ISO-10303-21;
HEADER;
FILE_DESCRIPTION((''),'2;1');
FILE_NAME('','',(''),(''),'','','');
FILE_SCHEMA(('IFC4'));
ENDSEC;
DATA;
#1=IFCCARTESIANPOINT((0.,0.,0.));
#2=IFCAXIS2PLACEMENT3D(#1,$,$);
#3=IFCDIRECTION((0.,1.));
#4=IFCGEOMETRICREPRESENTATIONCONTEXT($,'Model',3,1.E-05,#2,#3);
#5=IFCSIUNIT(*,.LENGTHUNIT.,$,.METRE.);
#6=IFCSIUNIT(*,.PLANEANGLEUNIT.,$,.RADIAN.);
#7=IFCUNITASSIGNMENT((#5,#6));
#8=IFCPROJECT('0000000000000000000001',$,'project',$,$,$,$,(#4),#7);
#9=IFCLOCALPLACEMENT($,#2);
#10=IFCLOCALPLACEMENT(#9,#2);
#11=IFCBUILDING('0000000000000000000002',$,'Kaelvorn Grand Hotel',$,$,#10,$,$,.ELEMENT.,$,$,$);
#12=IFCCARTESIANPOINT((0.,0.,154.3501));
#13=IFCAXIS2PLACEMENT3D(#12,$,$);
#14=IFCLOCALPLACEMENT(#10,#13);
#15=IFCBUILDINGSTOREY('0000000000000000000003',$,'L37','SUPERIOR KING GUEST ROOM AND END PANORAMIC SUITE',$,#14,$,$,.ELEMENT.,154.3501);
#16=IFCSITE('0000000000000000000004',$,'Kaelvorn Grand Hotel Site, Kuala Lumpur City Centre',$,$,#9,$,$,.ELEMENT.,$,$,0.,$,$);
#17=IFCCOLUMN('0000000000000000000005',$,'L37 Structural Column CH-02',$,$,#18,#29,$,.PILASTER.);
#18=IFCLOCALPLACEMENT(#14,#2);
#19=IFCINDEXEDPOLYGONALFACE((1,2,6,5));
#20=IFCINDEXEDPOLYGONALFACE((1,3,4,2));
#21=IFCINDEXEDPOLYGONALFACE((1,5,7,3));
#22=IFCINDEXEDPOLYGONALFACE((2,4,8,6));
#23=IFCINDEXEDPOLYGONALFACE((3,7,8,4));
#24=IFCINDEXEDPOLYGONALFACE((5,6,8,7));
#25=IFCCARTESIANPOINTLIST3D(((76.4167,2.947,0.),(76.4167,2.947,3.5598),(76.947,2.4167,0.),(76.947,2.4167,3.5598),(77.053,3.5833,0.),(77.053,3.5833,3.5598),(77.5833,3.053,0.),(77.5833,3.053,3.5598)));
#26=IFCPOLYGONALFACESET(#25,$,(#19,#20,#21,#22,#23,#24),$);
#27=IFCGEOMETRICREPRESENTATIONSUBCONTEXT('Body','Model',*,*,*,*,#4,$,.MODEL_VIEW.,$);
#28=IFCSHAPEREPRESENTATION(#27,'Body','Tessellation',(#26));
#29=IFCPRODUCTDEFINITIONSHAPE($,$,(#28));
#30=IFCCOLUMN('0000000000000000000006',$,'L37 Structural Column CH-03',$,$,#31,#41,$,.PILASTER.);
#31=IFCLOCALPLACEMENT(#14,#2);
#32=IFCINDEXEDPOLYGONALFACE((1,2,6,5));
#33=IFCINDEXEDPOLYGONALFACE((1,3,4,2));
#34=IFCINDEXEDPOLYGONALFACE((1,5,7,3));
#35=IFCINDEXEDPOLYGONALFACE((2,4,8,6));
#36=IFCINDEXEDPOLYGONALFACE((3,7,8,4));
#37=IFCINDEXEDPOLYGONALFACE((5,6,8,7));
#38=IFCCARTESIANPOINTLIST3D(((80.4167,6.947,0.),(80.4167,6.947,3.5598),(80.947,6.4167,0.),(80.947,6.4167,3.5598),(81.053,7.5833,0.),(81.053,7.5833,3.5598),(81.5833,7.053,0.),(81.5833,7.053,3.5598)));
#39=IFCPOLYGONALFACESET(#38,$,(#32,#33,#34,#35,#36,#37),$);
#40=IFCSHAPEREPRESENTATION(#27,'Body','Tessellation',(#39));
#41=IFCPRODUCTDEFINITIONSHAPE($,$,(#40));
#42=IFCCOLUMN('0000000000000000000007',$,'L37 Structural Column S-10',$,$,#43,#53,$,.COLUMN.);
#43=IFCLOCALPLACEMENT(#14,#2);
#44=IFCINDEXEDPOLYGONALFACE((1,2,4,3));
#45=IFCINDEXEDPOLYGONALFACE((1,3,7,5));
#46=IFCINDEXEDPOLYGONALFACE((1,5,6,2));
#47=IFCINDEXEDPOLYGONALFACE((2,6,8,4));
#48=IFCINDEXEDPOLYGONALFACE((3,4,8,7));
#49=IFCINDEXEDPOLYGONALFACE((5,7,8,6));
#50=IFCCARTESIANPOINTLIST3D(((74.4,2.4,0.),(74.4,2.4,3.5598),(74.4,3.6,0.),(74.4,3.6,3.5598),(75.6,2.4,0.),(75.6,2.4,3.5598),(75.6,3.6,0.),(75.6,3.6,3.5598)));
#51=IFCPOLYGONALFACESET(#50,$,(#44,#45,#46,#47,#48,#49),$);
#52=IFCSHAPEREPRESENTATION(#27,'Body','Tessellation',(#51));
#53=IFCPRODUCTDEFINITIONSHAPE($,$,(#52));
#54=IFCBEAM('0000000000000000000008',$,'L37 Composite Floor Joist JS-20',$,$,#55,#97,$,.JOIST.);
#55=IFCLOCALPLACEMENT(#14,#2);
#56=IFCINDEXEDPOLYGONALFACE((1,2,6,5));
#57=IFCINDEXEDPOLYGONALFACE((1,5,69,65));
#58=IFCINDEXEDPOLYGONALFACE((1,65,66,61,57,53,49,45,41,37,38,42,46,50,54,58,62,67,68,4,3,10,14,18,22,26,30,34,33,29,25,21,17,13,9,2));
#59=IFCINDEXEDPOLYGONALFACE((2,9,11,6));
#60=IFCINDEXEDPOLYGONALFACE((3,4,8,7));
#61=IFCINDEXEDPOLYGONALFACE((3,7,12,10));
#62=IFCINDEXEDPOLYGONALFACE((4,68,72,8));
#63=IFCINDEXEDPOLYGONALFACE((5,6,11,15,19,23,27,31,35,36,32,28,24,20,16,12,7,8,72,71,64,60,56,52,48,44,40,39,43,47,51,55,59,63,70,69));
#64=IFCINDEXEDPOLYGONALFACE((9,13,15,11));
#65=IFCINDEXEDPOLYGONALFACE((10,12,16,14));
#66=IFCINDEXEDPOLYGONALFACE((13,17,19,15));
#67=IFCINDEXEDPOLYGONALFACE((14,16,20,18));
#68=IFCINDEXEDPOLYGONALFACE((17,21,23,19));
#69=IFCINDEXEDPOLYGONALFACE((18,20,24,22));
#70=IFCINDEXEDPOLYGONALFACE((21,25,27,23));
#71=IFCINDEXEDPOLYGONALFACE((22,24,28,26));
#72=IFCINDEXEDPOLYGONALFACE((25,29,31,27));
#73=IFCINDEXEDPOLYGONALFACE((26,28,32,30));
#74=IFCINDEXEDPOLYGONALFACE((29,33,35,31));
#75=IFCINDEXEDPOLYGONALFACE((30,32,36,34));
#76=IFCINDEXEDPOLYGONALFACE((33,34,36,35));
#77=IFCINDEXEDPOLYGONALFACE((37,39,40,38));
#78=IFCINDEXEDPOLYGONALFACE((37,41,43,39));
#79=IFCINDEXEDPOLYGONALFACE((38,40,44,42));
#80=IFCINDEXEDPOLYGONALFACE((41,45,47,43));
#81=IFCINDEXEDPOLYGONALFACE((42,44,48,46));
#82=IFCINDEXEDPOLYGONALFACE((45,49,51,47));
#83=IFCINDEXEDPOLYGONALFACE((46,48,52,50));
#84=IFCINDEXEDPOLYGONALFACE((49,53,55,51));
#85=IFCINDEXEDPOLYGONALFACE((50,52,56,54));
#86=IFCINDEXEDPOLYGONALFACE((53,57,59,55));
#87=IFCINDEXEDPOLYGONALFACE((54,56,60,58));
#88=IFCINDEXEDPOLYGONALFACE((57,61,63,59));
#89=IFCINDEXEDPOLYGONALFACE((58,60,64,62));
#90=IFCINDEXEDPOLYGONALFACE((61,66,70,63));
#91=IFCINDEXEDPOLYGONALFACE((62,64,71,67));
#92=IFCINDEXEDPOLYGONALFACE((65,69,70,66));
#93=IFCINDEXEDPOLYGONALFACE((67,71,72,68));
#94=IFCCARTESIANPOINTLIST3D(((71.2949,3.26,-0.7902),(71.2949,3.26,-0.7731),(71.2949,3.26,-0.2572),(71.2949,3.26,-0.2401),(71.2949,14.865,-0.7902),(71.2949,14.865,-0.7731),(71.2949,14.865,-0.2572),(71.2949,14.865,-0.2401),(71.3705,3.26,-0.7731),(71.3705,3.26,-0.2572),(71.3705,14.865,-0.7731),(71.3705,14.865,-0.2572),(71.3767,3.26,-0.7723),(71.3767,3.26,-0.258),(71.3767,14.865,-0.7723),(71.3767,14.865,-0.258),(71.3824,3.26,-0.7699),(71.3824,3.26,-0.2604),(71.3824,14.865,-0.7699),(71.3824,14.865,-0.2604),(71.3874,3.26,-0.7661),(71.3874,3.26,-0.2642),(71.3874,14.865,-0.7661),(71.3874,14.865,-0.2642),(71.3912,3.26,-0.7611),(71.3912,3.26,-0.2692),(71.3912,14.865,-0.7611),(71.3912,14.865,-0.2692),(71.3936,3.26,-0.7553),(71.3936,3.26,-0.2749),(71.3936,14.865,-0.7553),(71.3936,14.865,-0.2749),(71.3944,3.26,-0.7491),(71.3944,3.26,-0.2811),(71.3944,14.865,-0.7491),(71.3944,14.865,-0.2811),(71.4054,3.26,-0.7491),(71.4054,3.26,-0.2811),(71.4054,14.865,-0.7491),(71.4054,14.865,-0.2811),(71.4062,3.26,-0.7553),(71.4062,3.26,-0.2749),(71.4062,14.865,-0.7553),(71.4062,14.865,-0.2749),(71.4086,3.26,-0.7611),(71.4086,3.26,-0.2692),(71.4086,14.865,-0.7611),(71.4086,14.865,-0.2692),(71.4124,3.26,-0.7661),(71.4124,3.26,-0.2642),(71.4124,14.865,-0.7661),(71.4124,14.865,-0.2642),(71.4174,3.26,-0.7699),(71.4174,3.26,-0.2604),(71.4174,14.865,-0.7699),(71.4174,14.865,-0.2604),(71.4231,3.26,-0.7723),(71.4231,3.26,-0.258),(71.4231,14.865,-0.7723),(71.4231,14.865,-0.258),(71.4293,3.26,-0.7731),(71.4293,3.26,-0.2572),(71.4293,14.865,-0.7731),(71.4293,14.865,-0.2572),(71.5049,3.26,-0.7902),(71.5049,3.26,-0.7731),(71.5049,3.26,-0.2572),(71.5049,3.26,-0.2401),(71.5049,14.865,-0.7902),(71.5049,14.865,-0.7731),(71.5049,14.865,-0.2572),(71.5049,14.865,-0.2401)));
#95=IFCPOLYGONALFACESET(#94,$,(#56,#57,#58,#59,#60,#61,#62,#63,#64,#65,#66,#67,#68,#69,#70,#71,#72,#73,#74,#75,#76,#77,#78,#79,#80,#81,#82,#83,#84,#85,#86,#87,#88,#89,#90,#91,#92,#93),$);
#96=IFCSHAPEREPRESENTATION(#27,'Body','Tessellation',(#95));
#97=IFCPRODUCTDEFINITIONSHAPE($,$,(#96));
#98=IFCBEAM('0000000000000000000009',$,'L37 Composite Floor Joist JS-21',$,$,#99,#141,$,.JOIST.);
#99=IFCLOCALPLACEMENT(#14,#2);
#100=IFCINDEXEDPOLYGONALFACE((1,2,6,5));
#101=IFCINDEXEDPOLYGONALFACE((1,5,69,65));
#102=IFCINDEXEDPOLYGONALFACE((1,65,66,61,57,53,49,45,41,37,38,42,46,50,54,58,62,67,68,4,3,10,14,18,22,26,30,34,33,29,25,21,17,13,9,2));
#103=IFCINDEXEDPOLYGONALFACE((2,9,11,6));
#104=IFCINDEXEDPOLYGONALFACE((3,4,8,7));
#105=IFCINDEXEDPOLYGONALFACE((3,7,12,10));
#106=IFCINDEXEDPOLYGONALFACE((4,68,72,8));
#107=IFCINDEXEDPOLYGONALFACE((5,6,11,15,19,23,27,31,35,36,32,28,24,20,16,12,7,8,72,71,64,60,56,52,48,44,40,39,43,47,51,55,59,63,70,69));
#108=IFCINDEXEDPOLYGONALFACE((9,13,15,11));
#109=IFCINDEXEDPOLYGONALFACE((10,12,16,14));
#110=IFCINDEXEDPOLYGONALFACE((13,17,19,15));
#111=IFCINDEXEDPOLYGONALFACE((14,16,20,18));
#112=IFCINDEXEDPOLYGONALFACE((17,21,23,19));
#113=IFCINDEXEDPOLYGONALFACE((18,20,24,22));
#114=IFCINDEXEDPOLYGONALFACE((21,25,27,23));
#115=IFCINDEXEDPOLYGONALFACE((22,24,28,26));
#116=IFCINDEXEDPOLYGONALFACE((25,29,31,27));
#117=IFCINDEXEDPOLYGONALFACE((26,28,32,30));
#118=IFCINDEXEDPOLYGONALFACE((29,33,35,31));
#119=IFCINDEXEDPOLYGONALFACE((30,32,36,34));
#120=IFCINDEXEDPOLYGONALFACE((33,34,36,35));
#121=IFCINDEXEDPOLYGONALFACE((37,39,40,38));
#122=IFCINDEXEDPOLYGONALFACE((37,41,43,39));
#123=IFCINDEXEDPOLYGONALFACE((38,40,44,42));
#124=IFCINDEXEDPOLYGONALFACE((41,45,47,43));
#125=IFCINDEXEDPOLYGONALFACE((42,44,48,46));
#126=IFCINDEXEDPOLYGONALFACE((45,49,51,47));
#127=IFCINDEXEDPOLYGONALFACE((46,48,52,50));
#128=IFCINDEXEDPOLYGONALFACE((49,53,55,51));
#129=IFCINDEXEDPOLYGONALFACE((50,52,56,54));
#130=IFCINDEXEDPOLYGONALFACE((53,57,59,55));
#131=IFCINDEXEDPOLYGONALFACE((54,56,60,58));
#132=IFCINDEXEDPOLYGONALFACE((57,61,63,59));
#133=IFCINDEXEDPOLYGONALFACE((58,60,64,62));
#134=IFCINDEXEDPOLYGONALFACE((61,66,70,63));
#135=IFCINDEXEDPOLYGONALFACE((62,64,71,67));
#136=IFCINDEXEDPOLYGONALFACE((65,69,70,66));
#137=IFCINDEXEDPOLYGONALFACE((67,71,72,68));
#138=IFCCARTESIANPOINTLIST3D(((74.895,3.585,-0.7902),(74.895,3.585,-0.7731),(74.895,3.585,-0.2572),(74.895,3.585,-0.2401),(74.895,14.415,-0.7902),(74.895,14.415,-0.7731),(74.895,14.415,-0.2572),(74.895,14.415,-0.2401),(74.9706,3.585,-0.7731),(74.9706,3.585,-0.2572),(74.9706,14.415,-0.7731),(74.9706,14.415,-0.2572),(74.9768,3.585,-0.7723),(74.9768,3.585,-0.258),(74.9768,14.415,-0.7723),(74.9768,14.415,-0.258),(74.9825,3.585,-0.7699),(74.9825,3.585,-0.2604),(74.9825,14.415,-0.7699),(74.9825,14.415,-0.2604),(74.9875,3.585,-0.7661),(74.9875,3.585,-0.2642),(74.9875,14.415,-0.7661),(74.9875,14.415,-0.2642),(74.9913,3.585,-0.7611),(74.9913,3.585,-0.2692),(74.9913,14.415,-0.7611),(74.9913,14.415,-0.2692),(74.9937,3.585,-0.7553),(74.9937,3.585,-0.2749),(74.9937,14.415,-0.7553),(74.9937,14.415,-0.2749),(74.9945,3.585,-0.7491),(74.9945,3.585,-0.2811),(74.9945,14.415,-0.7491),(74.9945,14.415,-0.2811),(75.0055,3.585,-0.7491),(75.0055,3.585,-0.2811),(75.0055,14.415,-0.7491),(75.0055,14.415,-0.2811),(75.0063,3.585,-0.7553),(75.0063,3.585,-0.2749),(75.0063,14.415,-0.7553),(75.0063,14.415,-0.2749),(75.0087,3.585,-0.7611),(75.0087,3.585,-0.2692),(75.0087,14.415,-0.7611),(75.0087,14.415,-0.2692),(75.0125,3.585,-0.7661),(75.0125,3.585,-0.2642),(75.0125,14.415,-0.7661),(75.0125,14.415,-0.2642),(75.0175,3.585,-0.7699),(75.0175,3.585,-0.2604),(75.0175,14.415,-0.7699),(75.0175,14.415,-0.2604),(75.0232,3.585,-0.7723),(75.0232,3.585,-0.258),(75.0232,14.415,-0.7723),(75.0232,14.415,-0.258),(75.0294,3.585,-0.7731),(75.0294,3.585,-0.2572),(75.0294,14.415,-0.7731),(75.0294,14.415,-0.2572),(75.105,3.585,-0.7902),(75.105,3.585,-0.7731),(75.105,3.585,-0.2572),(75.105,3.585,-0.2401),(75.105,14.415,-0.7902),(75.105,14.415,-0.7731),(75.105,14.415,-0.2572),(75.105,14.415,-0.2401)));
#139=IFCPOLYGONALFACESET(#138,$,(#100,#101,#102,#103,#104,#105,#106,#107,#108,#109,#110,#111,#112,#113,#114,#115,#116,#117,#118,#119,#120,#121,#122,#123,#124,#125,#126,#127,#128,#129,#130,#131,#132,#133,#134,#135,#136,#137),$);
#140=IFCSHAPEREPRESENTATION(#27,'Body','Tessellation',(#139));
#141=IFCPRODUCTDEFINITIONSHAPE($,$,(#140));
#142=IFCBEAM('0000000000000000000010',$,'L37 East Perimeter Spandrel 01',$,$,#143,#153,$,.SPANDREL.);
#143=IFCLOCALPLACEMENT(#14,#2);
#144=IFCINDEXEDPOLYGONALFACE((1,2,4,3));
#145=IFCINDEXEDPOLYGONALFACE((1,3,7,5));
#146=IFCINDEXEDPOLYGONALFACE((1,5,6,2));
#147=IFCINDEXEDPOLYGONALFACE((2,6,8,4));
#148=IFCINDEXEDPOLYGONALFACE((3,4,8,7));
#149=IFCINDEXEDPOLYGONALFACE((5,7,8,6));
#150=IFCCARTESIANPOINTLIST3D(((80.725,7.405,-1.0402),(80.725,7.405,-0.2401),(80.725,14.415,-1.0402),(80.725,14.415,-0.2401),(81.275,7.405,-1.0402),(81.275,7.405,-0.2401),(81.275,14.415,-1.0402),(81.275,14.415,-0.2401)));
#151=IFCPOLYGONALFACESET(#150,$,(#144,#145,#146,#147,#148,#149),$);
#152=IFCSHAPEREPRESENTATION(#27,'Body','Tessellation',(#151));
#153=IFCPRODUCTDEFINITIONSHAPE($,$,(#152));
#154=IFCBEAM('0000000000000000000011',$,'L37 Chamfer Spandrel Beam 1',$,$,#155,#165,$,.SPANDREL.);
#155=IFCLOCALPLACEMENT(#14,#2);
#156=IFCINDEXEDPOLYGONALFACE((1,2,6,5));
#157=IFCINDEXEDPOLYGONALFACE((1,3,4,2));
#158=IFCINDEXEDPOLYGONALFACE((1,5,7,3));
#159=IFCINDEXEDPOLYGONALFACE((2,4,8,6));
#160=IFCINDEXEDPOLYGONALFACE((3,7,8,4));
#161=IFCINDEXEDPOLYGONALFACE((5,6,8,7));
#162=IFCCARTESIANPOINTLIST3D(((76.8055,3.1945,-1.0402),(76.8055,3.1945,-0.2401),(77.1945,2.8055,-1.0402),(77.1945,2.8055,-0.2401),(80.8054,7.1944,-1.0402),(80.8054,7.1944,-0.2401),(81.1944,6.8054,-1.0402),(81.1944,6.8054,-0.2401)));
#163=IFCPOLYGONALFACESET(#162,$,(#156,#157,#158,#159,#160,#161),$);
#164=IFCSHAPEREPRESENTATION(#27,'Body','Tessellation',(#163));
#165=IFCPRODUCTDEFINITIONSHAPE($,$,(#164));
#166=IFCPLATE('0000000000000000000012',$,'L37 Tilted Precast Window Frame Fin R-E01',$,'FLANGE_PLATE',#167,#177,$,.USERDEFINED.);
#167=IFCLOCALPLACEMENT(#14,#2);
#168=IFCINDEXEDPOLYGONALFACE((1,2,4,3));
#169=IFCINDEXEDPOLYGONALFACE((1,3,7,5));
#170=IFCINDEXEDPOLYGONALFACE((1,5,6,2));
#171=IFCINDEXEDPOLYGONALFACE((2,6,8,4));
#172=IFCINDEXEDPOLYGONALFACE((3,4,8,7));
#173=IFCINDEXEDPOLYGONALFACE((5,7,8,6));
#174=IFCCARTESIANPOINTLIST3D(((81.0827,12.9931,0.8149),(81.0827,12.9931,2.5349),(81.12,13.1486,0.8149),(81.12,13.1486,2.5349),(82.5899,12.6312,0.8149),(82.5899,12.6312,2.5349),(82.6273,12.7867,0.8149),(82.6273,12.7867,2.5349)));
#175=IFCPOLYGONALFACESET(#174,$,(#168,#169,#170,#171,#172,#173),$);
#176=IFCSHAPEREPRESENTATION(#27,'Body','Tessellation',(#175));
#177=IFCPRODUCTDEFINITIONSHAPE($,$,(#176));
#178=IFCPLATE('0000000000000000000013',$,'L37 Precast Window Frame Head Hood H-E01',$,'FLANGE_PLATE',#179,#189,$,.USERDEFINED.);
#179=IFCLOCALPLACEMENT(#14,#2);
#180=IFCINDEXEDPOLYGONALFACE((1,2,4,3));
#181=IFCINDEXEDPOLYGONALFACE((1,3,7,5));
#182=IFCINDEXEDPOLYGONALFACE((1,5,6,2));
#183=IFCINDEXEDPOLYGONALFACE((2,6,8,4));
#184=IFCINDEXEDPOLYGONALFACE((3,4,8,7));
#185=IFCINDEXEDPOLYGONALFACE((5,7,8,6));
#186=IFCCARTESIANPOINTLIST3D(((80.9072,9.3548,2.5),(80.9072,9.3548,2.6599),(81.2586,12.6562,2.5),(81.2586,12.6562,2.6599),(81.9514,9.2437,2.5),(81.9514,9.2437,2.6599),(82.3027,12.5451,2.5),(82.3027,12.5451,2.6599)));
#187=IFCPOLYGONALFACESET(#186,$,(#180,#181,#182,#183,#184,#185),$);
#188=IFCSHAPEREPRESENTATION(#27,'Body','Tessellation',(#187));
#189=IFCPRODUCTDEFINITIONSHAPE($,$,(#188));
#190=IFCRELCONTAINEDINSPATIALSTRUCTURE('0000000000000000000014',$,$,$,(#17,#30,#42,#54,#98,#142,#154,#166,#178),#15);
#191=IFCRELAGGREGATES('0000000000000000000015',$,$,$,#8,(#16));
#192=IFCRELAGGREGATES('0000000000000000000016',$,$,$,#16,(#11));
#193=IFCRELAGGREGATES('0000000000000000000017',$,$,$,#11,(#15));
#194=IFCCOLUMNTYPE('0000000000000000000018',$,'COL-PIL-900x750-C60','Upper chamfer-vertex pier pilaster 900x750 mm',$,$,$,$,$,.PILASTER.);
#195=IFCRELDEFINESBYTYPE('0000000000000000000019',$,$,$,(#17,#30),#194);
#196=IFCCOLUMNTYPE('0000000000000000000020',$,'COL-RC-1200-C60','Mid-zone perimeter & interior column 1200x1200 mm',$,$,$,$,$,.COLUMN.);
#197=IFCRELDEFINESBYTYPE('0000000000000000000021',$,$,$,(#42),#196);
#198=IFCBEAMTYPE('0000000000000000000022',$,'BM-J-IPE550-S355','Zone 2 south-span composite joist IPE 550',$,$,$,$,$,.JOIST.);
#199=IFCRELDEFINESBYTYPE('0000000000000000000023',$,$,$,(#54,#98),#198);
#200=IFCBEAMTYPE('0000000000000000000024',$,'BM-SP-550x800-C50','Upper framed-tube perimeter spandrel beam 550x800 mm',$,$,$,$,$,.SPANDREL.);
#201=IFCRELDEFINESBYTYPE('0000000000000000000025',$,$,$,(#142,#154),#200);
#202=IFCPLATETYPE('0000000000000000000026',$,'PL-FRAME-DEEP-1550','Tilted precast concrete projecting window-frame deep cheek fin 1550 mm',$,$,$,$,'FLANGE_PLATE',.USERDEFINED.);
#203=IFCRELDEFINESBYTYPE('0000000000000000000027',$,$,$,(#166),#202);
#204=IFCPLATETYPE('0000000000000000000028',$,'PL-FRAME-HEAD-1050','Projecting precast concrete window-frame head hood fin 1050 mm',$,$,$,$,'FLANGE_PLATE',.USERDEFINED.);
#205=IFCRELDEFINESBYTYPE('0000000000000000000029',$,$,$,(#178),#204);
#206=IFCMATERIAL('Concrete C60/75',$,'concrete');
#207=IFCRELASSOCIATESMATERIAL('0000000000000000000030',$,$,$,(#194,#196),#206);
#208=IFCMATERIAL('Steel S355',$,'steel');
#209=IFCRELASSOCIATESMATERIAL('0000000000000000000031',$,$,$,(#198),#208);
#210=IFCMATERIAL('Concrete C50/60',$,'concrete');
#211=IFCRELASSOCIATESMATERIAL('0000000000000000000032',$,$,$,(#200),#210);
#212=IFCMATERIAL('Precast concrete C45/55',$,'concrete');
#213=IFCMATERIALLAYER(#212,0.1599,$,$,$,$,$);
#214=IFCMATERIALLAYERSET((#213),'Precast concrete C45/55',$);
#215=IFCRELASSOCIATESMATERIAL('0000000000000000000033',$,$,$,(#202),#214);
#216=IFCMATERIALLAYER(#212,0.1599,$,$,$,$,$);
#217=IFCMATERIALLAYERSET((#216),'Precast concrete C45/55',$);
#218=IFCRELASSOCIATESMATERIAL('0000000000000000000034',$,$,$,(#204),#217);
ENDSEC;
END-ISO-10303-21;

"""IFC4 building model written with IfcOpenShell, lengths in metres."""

from ifc_helpers import new_model, si_unit, direction, frame, origin, origin_2d, place, context, subcontext, project, spatial, rectangle, i_section, extrude, material, layer, layer_set, material_profile, profile_set, type_object, element, save


model = new_model("IFC4")

# Units and contexts
model_context = context("Model", 3, precision=1e-05, world=origin(), true_north=direction((0.0, 1.0)))
body_context = subcontext(model_context, "Body", "Model", "MODEL_VIEW")
ifc_project = project(units=[si_unit("LENGTHUNIT", "METRE"), si_unit("PLANEANGLEUNIT", "RADIAN")], contexts=[model_context])

# Site, building, storey
site_placement = place(None, origin())
site = spatial("IfcSite", under=ifc_project, at=site_placement, Name="Kaelvorn Grand Hotel Site, Kuala Lumpur City Centre", CompositionType="ELEMENT", RefElevation=0.0)
building_placement = place(site_placement, origin())
building = spatial("IfcBuilding", under=site, at=building_placement, Name="Kaelvorn Grand Hotel", CompositionType="ELEMENT")
storey_placement = place(building_placement, frame((0.0, 0.0, 154.3501)))
storey = spatial("IfcBuildingStorey", under=building, at=storey_placement, Name="L37", Description="SUPERIOR KING GUEST ROOM AND END PANORAMIC SUITE", CompositionType="ELEMENT", Elevation=154.3501)

# Columns
ifc_material_1 = material(Name="Concrete C60/75", Category="concrete")
ifc_material_profile_1 = material_profile(ifc_material_1, rectangle(XDim=0.8999, YDim=0.75, at=origin_2d()), Name="RC PILASTER 900x750")
ifc_profile_set_1 = profile_set([ifc_material_profile_1], Name="Concrete C60/75")
column_type_1 = type_object("IfcColumnType", Name="COL-PIL-900x750-C60", Description="Upper chamfer-vertex pier pilaster 900x750 mm", PredefinedType="PILASTER", material=ifc_profile_set_1)
for number, where, z_axis, x_axis, name in (
    (1, (77.0, 3.0, 0.0), (0.0, 0.0, 1.0), (0.707107, 0.707107, 0.0), "L37 Structural Column CH-02"),
    (2, (81.0, 7.0, 0.0), (0.0, 0.0, 1.0), (0.707107, 0.707107, 0.0), "L37 Structural Column CH-03"),
):
    element("IfcColumn", number, at=place(storey_placement, frame(where, z_axis=z_axis, x_axis=x_axis)), inside=storey, type_object=column_type_1, Name=name, PredefinedType="PILASTER", context=body_context, shape_type="SweptSolid", body=[
        extrude(rectangle(XDim=0.8999, YDim=0.75, at=origin_2d()), origin(), (0.0, 0.0, 1.0), 3.5598),
    ])
ifc_material_profile_2 = material_profile(ifc_material_1, rectangle(XDim=1.2, YDim=1.2, at=origin_2d()), Name="RC COL 1200x1200")
ifc_profile_set_2 = profile_set([ifc_material_profile_2], Name="Concrete C60/75")
column_type_2 = type_object("IfcColumnType", Name="COL-RC-1200-C60", Description="Mid-zone perimeter & interior column 1200x1200 mm", PredefinedType="COLUMN", material=ifc_profile_set_2)
column_placement = place(storey_placement, frame((75.0, 3.0, 0.0), z_axis=(0.0, 0.0, 1.0), x_axis=(1.0, 0.0, 0.0)))
element("IfcColumn", 3, at=column_placement, inside=storey, type_object=column_type_2, Name="L37 Structural Column S-10", PredefinedType="COLUMN", context=body_context, shape_type="SweptSolid", body=[
    extrude(rectangle(XDim=1.2, YDim=1.2, at=origin_2d()), origin(), (0.0, 0.0, 1.0), 3.5598),
])

# Beams
ifc_material_2 = material(Name="Steel S355", Category="steel")
ifc_material_profile_3 = material_profile(ifc_material_2, i_section(OverallWidth=0.21, OverallDepth=0.55, WebThickness=0.011, FlangeThickness=0.0171, FilletRadius=0.0239, at=origin_2d()), Name="IPE 550")
ifc_profile_set_3 = profile_set([ifc_material_profile_3], Name="Steel S355")
beam_type_1 = type_object("IfcBeamType", Name="BM-J-IPE550-S355", Description="Zone 2 south-span composite joist IPE 550", PredefinedType="JOIST", material=ifc_profile_set_3)
beam_1_placement = place(storey_placement, frame((71.3999, 3.26, -0.5151), z_axis=(0.0, 1.0, 0.0), x_axis=(-1.0, 0.0, 0.0)))
element("IfcBeam", 4, at=beam_1_placement, inside=storey, type_object=beam_type_1, Name="L37 Composite Floor Joist JS-20", PredefinedType="JOIST", context=body_context, shape_type="SweptSolid", body=[
    extrude(i_section(OverallWidth=0.21, OverallDepth=0.55, WebThickness=0.011, FlangeThickness=0.0171, FilletRadius=0.0239, at=origin_2d()), origin(), (0.0, 0.0, 1.0), 11.605),
])
beam_2_placement = place(storey_placement, frame((75.0, 3.585, -0.5151), z_axis=(0.0, 1.0, 0.0), x_axis=(-1.0, 0.0, 0.0)))
element("IfcBeam", 5, at=beam_2_placement, inside=storey, type_object=beam_type_1, Name="L37 Composite Floor Joist JS-21", PredefinedType="JOIST", context=body_context, shape_type="SweptSolid", body=[
    extrude(i_section(OverallWidth=0.21, OverallDepth=0.55, WebThickness=0.011, FlangeThickness=0.0171, FilletRadius=0.0239, at=origin_2d()), origin(), (0.0, 0.0, 1.0), 10.8301),
])
ifc_material_3 = material(Name="Concrete C50/60", Category="concrete")
ifc_material_profile_4 = material_profile(ifc_material_3, rectangle(XDim=0.55, YDim=0.8, at=origin_2d()), Name="RC SPANDREL 550x800")
ifc_profile_set_4 = profile_set([ifc_material_profile_4], Name="Concrete C50/60")
beam_type_2 = type_object("IfcBeamType", Name="BM-SP-550x800-C50", Description="Upper framed-tube perimeter spandrel beam 550x800 mm", PredefinedType="SPANDREL", material=ifc_profile_set_4)
beam_3_placement = place(storey_placement, frame((81.0, 7.405, -0.6401), z_axis=(0.0, 1.0, 0.0), x_axis=(-1.0, 0.0, 0.0)))
element("IfcBeam", 6, at=beam_3_placement, inside=storey, type_object=beam_type_2, Name="L37 East Perimeter Spandrel 01", PredefinedType="SPANDREL", context=body_context, shape_type="SweptSolid", body=[
    extrude(rectangle(XDim=0.55, YDim=0.8, at=origin_2d()), origin(), (0.0, 0.0, 1.0), 7.01),
])
beam_4_placement = place(storey_placement, frame((77.0, 3.0, -0.6401), z_axis=(0.707107, 0.707107, 0.0), x_axis=(-0.707107, 0.707107, 0.0)))
element("IfcBeam", 7, at=beam_4_placement, inside=storey, type_object=beam_type_2, Name="L37 Chamfer Spandrel Beam 1", PredefinedType="SPANDREL", context=body_context, shape_type="SweptSolid", body=[
    extrude(rectangle(XDim=0.55, YDim=0.8, at=origin_2d()), origin(), (0.0, 0.0, 1.0), 5.6567),
])

# Plates
ifc_material_4 = material(Name="Precast concrete C45/55", Category="concrete")
ifc_layer_1 = layer(ifc_material_4, 0.1599)
ifc_layer_set_1 = layer_set([ifc_layer_1], Name="Precast concrete C45/55")
plate_type_1 = type_object("IfcPlateType", Name="PL-FRAME-DEEP-1550", Description="Tilted precast concrete projecting window-frame deep cheek fin 1550 mm", ElementType="FLANGE_PLATE", PredefinedType="USERDEFINED", material=ifc_layer_set_1)
plate_1_placement = place(storey_placement, frame((81.855, 12.8899, 0.8149), z_axis=(0.0, 0.0, 1.0), x_axis=(0.233445, 0.97237, 0.0)))
element("IfcPlate", 8, at=plate_1_placement, inside=storey, type_object=plate_type_1, Name="L37 Tilted Precast Window Frame Fin R-E01", ObjectType="FLANGE_PLATE", PredefinedType="USERDEFINED", context=body_context, shape_type="SweptSolid", body=[
    extrude(rectangle(XDim=0.1599, YDim=1.55, at=origin_2d()), origin(), (0.0, 0.0, 1.0), 1.72),
])
ifc_layer_2 = layer(ifc_material_4, 0.1599)
ifc_layer_set_2 = layer_set([ifc_layer_2], Name="Precast concrete C45/55")
plate_type_2 = type_object("IfcPlateType", Name="PL-FRAME-HEAD-1050", Description="Projecting precast concrete window-frame head hood fin 1050 mm", ElementType="FLANGE_PLATE", PredefinedType="USERDEFINED", material=ifc_layer_set_2)
plate_2_placement = place(storey_placement, frame((81.605, 10.95, 2.5), z_axis=(0.0, 0.0, 1.0), x_axis=(0.10583, 0.994384, 0.0)))
element("IfcPlate", 9, at=plate_2_placement, inside=storey, type_object=plate_type_2, Name="L37 Precast Window Frame Head Hood H-E01", ObjectType="FLANGE_PLATE", PredefinedType="USERDEFINED", context=body_context, shape_type="SweptSolid", body=[
    extrude(rectangle(XDim=3.3201, YDim=1.05, at=origin_2d()), origin(), (0.0, 0.0, 1.0), 0.1599),
])

save(model, "model.ifc")
